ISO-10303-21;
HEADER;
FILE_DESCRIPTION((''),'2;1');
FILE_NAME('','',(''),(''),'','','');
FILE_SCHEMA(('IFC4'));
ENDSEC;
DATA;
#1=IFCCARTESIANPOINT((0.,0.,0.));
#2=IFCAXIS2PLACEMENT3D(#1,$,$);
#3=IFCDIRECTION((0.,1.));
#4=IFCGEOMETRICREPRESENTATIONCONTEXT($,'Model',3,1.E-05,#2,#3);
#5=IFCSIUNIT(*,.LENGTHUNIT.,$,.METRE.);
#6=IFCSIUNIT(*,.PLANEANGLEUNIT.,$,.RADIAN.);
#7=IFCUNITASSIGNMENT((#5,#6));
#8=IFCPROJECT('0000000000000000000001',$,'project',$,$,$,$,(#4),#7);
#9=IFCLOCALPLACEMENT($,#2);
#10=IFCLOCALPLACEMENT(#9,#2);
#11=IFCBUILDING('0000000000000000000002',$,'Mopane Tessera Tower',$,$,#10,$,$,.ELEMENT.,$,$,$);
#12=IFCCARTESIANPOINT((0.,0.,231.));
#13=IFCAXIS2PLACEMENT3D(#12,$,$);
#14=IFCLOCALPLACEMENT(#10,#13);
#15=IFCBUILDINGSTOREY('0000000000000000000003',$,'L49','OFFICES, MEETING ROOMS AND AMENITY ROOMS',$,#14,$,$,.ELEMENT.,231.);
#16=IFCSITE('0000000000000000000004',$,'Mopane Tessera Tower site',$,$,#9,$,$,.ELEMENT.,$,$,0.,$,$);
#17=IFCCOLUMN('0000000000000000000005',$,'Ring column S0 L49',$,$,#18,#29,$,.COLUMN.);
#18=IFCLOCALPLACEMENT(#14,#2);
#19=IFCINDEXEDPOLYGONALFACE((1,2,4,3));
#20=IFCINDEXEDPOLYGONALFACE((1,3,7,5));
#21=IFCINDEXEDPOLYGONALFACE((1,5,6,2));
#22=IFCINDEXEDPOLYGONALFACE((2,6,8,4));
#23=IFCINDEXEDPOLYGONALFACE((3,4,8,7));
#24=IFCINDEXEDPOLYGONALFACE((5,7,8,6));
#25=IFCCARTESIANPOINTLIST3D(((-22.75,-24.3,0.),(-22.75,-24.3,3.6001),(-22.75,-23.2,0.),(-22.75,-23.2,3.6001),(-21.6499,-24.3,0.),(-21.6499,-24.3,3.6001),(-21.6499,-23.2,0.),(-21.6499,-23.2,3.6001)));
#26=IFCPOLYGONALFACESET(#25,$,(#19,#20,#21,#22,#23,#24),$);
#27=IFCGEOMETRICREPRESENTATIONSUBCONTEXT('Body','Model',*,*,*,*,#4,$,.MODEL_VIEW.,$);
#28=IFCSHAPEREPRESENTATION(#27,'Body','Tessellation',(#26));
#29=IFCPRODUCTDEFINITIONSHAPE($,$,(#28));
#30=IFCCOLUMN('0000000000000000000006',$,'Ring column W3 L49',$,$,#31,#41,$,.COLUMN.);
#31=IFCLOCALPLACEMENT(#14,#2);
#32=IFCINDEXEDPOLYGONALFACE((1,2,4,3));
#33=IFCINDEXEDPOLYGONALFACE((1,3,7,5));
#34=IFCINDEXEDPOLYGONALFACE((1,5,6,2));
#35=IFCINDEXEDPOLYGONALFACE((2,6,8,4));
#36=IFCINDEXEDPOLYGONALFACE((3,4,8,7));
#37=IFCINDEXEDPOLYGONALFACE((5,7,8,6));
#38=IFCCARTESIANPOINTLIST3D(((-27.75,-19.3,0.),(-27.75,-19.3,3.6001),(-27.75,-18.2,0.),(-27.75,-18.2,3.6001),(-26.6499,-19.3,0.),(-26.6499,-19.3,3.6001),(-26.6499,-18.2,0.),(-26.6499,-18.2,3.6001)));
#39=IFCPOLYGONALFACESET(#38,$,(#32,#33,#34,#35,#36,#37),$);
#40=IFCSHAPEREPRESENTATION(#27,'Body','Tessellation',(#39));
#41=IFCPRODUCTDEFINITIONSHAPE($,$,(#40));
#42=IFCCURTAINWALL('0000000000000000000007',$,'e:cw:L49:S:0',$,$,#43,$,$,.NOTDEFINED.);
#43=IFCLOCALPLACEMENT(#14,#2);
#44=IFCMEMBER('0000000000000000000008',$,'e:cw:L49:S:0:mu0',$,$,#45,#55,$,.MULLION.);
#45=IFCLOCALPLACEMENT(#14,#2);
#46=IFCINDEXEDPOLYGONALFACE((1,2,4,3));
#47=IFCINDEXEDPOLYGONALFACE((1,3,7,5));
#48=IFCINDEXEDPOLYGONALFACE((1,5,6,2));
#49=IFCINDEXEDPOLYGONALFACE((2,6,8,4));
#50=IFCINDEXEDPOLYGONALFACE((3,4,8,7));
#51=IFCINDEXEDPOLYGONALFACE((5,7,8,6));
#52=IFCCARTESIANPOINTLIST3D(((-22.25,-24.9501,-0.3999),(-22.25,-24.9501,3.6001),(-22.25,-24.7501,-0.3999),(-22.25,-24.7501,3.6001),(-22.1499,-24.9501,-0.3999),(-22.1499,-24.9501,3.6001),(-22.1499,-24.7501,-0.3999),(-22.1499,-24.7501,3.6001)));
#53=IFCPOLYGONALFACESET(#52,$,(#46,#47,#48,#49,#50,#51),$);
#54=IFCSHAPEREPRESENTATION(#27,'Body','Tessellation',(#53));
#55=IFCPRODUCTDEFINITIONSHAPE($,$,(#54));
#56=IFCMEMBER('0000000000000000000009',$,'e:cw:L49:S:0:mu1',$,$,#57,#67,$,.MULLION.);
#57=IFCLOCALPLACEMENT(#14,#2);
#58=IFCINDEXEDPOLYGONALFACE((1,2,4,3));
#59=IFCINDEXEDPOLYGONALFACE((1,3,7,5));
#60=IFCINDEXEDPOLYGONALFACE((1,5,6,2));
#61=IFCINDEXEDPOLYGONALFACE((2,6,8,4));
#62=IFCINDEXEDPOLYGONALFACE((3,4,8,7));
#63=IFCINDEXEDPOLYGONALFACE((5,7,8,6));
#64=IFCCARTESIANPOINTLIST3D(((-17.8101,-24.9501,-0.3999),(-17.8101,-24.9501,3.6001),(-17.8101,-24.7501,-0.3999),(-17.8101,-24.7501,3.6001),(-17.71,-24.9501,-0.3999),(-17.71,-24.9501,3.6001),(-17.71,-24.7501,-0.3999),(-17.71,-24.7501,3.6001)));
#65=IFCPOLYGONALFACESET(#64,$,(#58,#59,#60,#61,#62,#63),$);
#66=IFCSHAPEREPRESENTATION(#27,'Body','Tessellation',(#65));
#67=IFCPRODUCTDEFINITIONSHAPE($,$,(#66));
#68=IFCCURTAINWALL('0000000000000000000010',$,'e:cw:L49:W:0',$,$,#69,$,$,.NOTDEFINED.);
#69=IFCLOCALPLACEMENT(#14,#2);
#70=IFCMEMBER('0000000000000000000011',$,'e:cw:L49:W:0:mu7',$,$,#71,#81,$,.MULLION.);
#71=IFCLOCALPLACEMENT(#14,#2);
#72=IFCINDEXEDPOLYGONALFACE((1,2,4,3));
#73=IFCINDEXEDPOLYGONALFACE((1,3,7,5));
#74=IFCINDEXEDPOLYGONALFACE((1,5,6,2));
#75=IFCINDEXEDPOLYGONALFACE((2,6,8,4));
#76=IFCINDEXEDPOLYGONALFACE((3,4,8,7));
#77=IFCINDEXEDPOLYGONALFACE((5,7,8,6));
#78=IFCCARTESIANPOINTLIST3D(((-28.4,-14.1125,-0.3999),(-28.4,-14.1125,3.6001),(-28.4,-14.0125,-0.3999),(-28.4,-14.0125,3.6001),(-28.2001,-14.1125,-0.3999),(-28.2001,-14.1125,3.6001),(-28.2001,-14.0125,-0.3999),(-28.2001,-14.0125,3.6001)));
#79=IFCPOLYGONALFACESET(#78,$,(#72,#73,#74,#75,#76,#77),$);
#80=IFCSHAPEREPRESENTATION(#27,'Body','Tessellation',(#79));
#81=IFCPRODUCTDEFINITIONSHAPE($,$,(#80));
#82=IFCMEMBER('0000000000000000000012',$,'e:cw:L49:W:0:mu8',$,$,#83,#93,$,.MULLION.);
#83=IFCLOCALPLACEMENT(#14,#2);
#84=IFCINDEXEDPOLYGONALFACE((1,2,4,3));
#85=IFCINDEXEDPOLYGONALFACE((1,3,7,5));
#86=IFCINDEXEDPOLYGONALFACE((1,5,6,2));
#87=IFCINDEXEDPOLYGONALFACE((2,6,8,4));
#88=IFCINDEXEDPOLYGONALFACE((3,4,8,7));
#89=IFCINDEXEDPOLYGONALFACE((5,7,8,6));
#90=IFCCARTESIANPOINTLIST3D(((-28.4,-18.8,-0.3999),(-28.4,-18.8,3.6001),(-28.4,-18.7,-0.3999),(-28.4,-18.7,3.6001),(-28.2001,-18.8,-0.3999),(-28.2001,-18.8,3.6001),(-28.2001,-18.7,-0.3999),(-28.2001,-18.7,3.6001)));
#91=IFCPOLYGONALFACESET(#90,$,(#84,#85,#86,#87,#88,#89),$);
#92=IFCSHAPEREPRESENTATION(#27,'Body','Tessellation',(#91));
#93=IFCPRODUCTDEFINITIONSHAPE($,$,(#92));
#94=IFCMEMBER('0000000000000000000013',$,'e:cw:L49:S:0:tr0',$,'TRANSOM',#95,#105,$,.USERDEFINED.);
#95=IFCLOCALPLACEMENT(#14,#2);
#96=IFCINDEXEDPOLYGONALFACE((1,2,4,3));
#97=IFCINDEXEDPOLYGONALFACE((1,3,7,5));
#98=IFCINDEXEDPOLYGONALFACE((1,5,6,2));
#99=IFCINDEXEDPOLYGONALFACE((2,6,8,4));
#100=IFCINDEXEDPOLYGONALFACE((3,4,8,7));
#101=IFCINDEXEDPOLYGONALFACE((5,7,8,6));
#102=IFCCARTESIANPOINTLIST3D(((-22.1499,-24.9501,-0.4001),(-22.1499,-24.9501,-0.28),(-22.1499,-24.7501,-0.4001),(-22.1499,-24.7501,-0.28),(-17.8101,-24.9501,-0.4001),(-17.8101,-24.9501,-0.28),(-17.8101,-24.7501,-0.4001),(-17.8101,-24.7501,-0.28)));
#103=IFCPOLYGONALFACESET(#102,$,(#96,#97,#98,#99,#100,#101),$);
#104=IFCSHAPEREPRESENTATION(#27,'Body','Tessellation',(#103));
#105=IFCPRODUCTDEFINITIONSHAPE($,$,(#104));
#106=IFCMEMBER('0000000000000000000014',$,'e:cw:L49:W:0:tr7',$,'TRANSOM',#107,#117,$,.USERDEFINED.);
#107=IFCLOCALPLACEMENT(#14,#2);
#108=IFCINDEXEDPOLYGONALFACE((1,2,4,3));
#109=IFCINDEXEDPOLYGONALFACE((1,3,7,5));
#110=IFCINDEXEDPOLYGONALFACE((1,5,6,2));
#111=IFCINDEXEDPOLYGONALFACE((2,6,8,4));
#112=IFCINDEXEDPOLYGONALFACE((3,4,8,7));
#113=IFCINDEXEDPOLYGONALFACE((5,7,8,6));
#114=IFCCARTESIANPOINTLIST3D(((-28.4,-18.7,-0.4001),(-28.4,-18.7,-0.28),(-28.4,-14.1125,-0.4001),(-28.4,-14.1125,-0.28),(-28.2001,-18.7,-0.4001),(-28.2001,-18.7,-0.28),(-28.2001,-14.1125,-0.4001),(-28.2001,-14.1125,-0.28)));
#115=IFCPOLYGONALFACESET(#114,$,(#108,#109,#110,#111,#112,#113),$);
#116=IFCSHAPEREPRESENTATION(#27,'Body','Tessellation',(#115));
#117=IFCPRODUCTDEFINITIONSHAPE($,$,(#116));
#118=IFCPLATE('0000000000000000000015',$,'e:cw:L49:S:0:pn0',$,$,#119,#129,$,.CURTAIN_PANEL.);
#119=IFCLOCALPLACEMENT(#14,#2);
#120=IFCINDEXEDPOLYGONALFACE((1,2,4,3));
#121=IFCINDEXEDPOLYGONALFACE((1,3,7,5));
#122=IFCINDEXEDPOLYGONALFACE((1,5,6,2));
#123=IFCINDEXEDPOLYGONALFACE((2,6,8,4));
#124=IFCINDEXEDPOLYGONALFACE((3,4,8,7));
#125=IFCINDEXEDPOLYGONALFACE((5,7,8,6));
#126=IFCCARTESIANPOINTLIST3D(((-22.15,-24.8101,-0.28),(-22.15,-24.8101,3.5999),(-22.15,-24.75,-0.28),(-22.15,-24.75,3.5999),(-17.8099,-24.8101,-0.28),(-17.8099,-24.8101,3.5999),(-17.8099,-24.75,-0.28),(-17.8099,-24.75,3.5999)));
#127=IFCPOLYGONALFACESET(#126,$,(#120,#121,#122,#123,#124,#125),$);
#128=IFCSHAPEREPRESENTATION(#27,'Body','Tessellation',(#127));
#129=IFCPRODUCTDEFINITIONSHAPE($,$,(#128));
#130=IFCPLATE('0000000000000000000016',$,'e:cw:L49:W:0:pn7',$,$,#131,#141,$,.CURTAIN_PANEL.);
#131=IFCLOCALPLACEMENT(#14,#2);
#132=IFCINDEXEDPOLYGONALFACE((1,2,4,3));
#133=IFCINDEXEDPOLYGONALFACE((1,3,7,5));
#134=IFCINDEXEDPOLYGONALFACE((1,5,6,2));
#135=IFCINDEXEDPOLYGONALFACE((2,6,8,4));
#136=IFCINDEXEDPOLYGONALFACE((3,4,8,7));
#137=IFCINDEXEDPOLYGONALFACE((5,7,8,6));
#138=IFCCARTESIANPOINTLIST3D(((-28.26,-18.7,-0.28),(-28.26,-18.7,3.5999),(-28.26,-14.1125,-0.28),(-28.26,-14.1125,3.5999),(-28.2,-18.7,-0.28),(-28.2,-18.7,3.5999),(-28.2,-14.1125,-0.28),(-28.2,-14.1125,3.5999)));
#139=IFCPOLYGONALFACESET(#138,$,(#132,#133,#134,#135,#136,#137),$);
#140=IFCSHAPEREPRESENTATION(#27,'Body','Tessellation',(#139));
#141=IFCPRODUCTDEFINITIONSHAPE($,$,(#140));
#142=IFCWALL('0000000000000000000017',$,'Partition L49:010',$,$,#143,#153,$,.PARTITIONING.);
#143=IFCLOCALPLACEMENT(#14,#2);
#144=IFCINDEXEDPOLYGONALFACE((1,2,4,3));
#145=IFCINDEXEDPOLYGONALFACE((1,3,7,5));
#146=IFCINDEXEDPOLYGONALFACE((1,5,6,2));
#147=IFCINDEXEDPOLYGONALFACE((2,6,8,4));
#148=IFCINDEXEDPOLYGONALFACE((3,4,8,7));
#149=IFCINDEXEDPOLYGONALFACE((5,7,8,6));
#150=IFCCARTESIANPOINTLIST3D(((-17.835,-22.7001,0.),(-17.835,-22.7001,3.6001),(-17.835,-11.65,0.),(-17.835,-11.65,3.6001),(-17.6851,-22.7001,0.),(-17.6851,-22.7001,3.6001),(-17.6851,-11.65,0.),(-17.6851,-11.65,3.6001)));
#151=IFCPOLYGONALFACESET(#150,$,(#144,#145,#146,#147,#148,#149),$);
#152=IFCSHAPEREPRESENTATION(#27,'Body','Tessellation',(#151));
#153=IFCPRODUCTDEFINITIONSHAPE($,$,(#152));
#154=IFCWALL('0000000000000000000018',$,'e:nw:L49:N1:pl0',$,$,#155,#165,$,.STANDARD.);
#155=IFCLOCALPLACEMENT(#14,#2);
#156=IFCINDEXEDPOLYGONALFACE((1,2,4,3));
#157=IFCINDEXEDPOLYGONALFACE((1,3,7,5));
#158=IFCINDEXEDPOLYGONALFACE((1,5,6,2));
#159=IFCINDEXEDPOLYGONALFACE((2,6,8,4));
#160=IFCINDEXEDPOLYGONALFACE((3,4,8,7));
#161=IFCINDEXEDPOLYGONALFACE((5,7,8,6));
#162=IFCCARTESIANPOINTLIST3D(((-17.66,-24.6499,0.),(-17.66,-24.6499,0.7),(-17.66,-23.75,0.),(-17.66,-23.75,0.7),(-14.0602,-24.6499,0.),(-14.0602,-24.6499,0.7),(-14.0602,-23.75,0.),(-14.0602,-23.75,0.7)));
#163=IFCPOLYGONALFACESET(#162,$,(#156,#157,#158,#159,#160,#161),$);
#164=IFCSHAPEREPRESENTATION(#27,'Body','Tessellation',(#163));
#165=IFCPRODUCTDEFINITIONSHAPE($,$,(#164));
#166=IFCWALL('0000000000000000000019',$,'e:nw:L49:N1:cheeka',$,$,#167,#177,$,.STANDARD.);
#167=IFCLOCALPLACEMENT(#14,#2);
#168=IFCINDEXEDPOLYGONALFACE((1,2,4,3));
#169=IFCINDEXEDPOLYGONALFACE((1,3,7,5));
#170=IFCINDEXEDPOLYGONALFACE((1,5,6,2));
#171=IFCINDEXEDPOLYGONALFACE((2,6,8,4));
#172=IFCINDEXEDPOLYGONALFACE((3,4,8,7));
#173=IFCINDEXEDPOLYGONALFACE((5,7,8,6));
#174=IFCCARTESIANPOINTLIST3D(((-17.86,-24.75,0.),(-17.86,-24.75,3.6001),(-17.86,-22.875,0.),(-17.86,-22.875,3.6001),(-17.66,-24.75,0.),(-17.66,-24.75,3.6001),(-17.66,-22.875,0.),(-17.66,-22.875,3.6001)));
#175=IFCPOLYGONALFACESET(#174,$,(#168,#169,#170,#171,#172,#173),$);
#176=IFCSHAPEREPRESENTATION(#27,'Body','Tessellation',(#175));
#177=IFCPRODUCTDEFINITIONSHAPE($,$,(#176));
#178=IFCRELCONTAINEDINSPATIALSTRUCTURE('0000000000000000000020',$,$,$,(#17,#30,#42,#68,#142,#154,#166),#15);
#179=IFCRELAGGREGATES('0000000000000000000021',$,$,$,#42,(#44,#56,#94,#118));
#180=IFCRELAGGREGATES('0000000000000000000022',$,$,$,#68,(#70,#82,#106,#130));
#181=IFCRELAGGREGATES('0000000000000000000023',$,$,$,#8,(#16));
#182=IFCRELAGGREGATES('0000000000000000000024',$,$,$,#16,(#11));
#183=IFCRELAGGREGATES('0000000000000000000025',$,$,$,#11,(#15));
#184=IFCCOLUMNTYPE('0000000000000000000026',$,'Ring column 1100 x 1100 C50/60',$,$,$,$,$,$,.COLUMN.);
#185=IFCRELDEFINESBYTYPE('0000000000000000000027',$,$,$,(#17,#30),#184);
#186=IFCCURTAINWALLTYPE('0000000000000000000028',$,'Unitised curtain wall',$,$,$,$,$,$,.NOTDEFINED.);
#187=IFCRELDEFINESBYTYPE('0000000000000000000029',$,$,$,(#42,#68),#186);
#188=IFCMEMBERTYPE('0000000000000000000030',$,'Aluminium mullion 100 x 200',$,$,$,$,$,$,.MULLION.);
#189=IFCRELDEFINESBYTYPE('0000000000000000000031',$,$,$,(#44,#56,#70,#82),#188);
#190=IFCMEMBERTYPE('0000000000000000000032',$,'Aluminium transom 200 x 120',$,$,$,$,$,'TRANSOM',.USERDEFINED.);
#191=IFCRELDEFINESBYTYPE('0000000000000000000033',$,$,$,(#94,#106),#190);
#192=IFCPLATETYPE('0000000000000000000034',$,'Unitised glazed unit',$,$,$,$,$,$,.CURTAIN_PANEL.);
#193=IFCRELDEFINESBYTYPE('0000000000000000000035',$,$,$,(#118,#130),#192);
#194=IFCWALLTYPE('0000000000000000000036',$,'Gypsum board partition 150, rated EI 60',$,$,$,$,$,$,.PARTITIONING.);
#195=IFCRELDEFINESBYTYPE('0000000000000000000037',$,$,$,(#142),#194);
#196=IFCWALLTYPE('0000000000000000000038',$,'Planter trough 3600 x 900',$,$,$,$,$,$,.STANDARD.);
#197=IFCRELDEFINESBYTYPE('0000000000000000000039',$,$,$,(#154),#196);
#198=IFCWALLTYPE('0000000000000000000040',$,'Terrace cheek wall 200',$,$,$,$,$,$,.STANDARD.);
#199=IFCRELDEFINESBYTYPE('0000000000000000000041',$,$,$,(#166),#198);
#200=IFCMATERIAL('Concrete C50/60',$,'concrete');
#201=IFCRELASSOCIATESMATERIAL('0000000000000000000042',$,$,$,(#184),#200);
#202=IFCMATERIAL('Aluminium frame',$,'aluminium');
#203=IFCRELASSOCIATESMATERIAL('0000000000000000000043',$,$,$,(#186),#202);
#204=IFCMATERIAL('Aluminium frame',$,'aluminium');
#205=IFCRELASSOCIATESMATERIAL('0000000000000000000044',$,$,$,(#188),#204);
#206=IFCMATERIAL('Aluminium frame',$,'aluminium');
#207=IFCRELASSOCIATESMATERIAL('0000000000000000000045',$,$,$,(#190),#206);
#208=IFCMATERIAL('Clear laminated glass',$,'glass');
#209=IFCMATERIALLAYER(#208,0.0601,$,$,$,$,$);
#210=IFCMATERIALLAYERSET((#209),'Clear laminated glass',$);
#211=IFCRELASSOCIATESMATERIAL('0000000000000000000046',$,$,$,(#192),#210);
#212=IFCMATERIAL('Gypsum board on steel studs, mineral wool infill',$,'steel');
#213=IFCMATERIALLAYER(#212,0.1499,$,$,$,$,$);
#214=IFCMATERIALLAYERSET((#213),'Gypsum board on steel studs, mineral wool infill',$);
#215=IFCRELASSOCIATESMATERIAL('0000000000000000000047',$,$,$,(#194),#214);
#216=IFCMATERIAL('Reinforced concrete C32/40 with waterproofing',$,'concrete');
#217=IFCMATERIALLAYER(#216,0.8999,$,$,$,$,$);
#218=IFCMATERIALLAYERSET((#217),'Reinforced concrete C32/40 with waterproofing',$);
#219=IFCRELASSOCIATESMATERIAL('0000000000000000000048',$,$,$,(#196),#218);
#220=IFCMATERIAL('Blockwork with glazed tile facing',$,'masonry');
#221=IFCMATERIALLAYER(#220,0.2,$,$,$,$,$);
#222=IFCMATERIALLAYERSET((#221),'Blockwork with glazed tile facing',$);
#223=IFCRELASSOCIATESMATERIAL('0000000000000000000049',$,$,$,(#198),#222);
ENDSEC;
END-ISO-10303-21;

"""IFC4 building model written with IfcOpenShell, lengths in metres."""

from ifc_helpers import new_model, si_unit, direction, frame, frame_2d, origin, origin_2d, place, context, subcontext, project, spatial, rectangle, extrude, material, layer, layer_set, material_profile, profile_set, type_object, element, aggregate, save


model = new_model("IFC4")

# Units and contexts
model_context = context("Model", 3, precision=1e-05, world=origin(), true_north=direction((0.0, 1.0)))
body_context = subcontext(model_context, "Body", "Model", "MODEL_VIEW")
ifc_project = project(units=[si_unit("LENGTHUNIT", "METRE"), si_unit("PLANEANGLEUNIT", "RADIAN")], contexts=[model_context])

# Site, building, storey
site_placement = place(None, origin())
site = spatial("IfcSite", under=ifc_project, at=site_placement, Name="Mopane Tessera Tower site", CompositionType="ELEMENT", RefElevation=0.0)
building_placement = place(site_placement, origin())
building = spatial("IfcBuilding", under=site, at=building_placement, Name="Mopane Tessera Tower", CompositionType="ELEMENT")
storey_placement = place(building_placement, frame((0.0, 0.0, 231.0)))
storey = spatial("IfcBuildingStorey", under=building, at=storey_placement, Name="L49", Description="OFFICES, MEETING ROOMS AND AMENITY ROOMS", CompositionType="ELEMENT", Elevation=231.0)

# Columns
ifc_material_1 = material(Name="Concrete C50/60", Category="concrete")
ifc_material_profile_1 = material_profile(ifc_material_1, rectangle(XDim=1.1001, YDim=1.1001, at=origin_2d()))
ifc_profile_set_1 = profile_set([ifc_material_profile_1], Name="Concrete C50/60")
column_type = type_object("IfcColumnType", Name="Ring column 1100 x 1100 C50/60", PredefinedType="COLUMN", material=ifc_profile_set_1)
for number, where, z_axis, x_axis, name in (
    (1, (-22.2, -23.75, 0.0), (0.0, 0.0, 1.0), (1.0, 0.0, 0.0), "Ring column S0 L49"),
    (2, (-27.2, -18.75, 0.0), (0.0, 0.0, 1.0), (1.0, 0.0, 0.0), "Ring column W3 L49"),
):
    element("IfcColumn", number, at=place(storey_placement, frame(where, z_axis=z_axis, x_axis=x_axis)), inside=storey, type_object=column_type, Name=name, PredefinedType="COLUMN", context=body_context, shape_type="SweptSolid", body=[
        extrude(rectangle(XDim=1.1001, YDim=1.1001, at=origin_2d()), origin(), (0.0, 0.0, 1.0), 3.6001),
    ])

# Curtain walls, members
ifc_material_2 = material(Name="Aluminium frame", Category="aluminium")
curtain_wall_type = type_object("IfcCurtainWallType", Name="Unitised curtain wall", PredefinedType="NOTDEFINED", material=ifc_material_2)
curtain_wall_1_placement = place(storey_placement, origin())
curtain_wall_1 = element("IfcCurtainWall", 3, at=curtain_wall_1_placement, inside=storey, type_object=curtain_wall_type, Name="e:cw:L49:S:0", PredefinedType="NOTDEFINED")
ifc_material_3 = material(Name="Aluminium frame", Category="aluminium")
ifc_material_profile_2 = material_profile(ifc_material_3, rectangle(XDim=0.1001, YDim=0.2, at=origin_2d()))
ifc_profile_set_2 = profile_set([ifc_material_profile_2], Name="Aluminium frame")
member_type_1 = type_object("IfcMemberType", Name="Aluminium mullion 100 x 200", PredefinedType="MULLION", material=ifc_profile_set_2)
member_1_placement = place(storey_placement, frame((-22.2, -24.8501, -0.3999), z_axis=(0.0, 0.0, 1.0), x_axis=(1.0, 0.0, 0.0)))
member_1 = element("IfcMember", 4, at=member_1_placement, type_object=member_type_1, Name="e:cw:L49:S:0:mu0", PredefinedType="MULLION", context=body_context, shape_type="SweptSolid", body=[
    extrude(rectangle(XDim=0.1001, YDim=0.2, at=origin_2d()), origin(), (0.0, 0.0, 1.0), 4.0),
])
member_2_placement = place(storey_placement, frame((-17.76, -24.8501, -0.3999), z_axis=(0.0, 0.0, 1.0), x_axis=(1.0, 0.0, 0.0)))
member_2 = element("IfcMember", 5, at=member_2_placement, type_object=member_type_1, Name="e:cw:L49:S:0:mu1", PredefinedType="MULLION", context=body_context, shape_type="SweptSolid", body=[
    extrude(rectangle(XDim=0.1001, YDim=0.2, at=origin_2d()), origin(), (0.0, 0.0, 1.0), 4.0),
])
curtain_wall_2_placement = place(storey_placement, origin())
curtain_wall_2 = element("IfcCurtainWall", 6, at=curtain_wall_2_placement, inside=storey, type_object=curtain_wall_type, Name="e:cw:L49:W:0", PredefinedType="NOTDEFINED")
member_3_placement = place(storey_placement, frame((-28.3, -14.0625, -0.3999), z_axis=(0.0, 0.0, 1.0), x_axis=(0.0, -1.0, 0.0)))
member_3 = element("IfcMember", 7, at=member_3_placement, type_object=member_type_1, Name="e:cw:L49:W:0:mu7", PredefinedType="MULLION", context=body_context, shape_type="SweptSolid", body=[
    extrude(rectangle(XDim=0.1001, YDim=0.2, at=origin_2d()), origin(), (0.0, 0.0, 1.0), 4.0),
])
member_4_placement = place(storey_placement, frame((-28.3, -18.75, -0.3999), z_axis=(0.0, 0.0, 1.0), x_axis=(0.0, -1.0, 0.0)))
member_4 = element("IfcMember", 8, at=member_4_placement, type_object=member_type_1, Name="e:cw:L49:W:0:mu8", PredefinedType="MULLION", context=body_context, shape_type="SweptSolid", body=[
    extrude(rectangle(XDim=0.1001, YDim=0.2, at=origin_2d()), origin(), (0.0, 0.0, 1.0), 4.0),
])

# Members
ifc_material_4 = material(Name="Aluminium frame", Category="aluminium")
ifc_material_profile_3 = material_profile(ifc_material_4, rectangle(XDim=0.2, YDim=0.1201, at=origin_2d()))
ifc_profile_set_3 = profile_set([ifc_material_profile_3], Name="Aluminium frame")
member_type_2 = type_object("IfcMemberType", Name="Aluminium transom 200 x 120", ElementType="TRANSOM", PredefinedType="USERDEFINED", material=ifc_profile_set_3)
member_5_placement = place(storey_placement, frame((-22.1499, -24.8501, -0.3401), z_axis=(1.0, 0.0, 0.0), x_axis=(0.0, 1.0, 0.0)))
member_5 = element("IfcMember", 9, at=member_5_placement, type_object=member_type_2, Name="e:cw:L49:S:0:tr0", ObjectType="TRANSOM", PredefinedType="USERDEFINED", context=body_context, shape_type="SweptSolid", body=[
    extrude(rectangle(XDim=0.2, YDim=0.1201, at=origin_2d()), origin(), (0.0, 0.0, 1.0), 4.3398),
])
member_6_placement = place(storey_placement, frame((-28.3, -14.1125, -0.3401), z_axis=(0.0, -1.0, 0.0), x_axis=(1.0, 0.0, 0.0)))
member_6 = element("IfcMember", 10, at=member_6_placement, type_object=member_type_2, Name="e:cw:L49:W:0:tr7", ObjectType="TRANSOM", PredefinedType="USERDEFINED", context=body_context, shape_type="SweptSolid", body=[
    extrude(rectangle(XDim=0.2, YDim=0.1201, at=origin_2d()), origin(), (0.0, 0.0, 1.0), 4.5874),
])

# Plates
ifc_material_5 = material(Name="Clear laminated glass", Category="glass")
ifc_layer_1 = layer(ifc_material_5, 0.0601)
ifc_layer_set_1 = layer_set([ifc_layer_1], Name="Clear laminated glass")
plate_type = type_object("IfcPlateType", Name="Unitised glazed unit", PredefinedType="CURTAIN_PANEL", material=ifc_layer_set_1)
plate_1_placement = place(storey_placement, frame((-19.98, -24.78, -0.28), z_axis=(0.0, 0.0, 1.0), x_axis=(1.0, 0.0, 0.0)))
plate_1 = element("IfcPlate", 11, at=plate_1_placement, type_object=plate_type, Name="e:cw:L49:S:0:pn0", PredefinedType="CURTAIN_PANEL", context=body_context, shape_type="SweptSolid", body=[
    extrude(rectangle(XDim=4.3401, YDim=0.0601, at=origin_2d()), origin(), (0.0, 0.0, 1.0), 3.8799),
])
aggregate(curtain_wall_1, [member_1, member_2, member_5, plate_1])
plate_2_placement = place(storey_placement, frame((-28.23, -16.4062, -0.28), z_axis=(0.0, 0.0, 1.0), x_axis=(0.0, -1.0, 0.0)))
plate_2 = element("IfcPlate", 12, at=plate_2_placement, type_object=plate_type, Name="e:cw:L49:W:0:pn7", PredefinedType="CURTAIN_PANEL", context=body_context, shape_type="SweptSolid", body=[
    extrude(rectangle(XDim=4.5874, YDim=0.0601, at=origin_2d()), origin(), (0.0, 0.0, 1.0), 3.8799),
])
aggregate(curtain_wall_2, [member_3, member_4, member_6, plate_2])

# Walls
ifc_material_6 = material(Name="Gypsum board on steel studs, mineral wool infill", Category="steel")
ifc_layer_2 = layer(ifc_material_6, 0.1499)
ifc_layer_set_2 = layer_set([ifc_layer_2], Name="Gypsum board on steel studs, mineral wool infill")
wall_type_1 = type_object("IfcWallType", Name="Gypsum board partition 150, rated EI 60", PredefinedType="PARTITIONING", material=ifc_layer_set_2)
wall_1_placement = place(storey_placement, frame((-17.76, -22.7, 0.0), z_axis=(0.0, 0.0, 1.0), x_axis=(0.0, 1.0, 0.0)))
element("IfcWall", 13, at=wall_1_placement, inside=storey, type_object=wall_type_1, Name="Partition L49:010", PredefinedType="PARTITIONING", context=body_context, shape_type="SweptSolid", body=[
    extrude(rectangle(XDim=11.05, YDim=0.1499, at=frame_2d((5.5249, 0.0))), origin(), (0.0, 0.0, 1.0), 3.6001),
])
ifc_material_7 = material(Name="Reinforced concrete C32/40 with waterproofing", Category="concrete")
ifc_layer_3 = layer(ifc_material_7, 0.8999)
ifc_layer_set_3 = layer_set([ifc_layer_3], Name="Reinforced concrete C32/40 with waterproofing")
wall_type_2 = type_object("IfcWallType", Name="Planter trough 3600 x 900", PredefinedType="STANDARD", material=ifc_layer_set_3)
wall_2_placement = place(storey_placement, frame((-17.6599, -24.2, 0.0), z_axis=(0.0, 0.0, 1.0), x_axis=(1.0, 0.0, 0.0)))
element("IfcWall", 14, at=wall_2_placement, inside=storey, type_object=wall_type_2, Name="e:nw:L49:N1:pl0", PredefinedType="STANDARD", context=body_context, shape_type="SweptSolid", body=[
    extrude(rectangle(XDim=3.5999, YDim=0.8999, at=frame_2d((1.7998, 0.0))), origin(), (0.0, 0.0, 1.0), 0.7),
])
ifc_material_8 = material(Name="Blockwork with glazed tile facing", Category="masonry")
ifc_layer_4 = layer(ifc_material_8, 0.2)
ifc_layer_set_4 = layer_set([ifc_layer_4], Name="Blockwork with glazed tile facing")
wall_type_3 = type_object("IfcWallType", Name="Terrace cheek wall 200", PredefinedType="STANDARD", material=ifc_layer_set_4)
wall_3_placement = place(storey_placement, frame((-17.76, -24.75, 0.0), z_axis=(0.0, 0.0, 1.0), x_axis=(0.0, 1.0, 0.0)))
element("IfcWall", 15, at=wall_3_placement, inside=storey, type_object=wall_type_3, Name="e:nw:L49:N1:cheeka", PredefinedType="STANDARD", context=body_context, shape_type="SweptSolid", body=[
    extrude(rectangle(XDim=1.875, YDim=0.2, at=frame_2d((0.9375, 0.0))), origin(), (0.0, 0.0, 1.0), 3.6001),
])

save(model, "model.ifc")
